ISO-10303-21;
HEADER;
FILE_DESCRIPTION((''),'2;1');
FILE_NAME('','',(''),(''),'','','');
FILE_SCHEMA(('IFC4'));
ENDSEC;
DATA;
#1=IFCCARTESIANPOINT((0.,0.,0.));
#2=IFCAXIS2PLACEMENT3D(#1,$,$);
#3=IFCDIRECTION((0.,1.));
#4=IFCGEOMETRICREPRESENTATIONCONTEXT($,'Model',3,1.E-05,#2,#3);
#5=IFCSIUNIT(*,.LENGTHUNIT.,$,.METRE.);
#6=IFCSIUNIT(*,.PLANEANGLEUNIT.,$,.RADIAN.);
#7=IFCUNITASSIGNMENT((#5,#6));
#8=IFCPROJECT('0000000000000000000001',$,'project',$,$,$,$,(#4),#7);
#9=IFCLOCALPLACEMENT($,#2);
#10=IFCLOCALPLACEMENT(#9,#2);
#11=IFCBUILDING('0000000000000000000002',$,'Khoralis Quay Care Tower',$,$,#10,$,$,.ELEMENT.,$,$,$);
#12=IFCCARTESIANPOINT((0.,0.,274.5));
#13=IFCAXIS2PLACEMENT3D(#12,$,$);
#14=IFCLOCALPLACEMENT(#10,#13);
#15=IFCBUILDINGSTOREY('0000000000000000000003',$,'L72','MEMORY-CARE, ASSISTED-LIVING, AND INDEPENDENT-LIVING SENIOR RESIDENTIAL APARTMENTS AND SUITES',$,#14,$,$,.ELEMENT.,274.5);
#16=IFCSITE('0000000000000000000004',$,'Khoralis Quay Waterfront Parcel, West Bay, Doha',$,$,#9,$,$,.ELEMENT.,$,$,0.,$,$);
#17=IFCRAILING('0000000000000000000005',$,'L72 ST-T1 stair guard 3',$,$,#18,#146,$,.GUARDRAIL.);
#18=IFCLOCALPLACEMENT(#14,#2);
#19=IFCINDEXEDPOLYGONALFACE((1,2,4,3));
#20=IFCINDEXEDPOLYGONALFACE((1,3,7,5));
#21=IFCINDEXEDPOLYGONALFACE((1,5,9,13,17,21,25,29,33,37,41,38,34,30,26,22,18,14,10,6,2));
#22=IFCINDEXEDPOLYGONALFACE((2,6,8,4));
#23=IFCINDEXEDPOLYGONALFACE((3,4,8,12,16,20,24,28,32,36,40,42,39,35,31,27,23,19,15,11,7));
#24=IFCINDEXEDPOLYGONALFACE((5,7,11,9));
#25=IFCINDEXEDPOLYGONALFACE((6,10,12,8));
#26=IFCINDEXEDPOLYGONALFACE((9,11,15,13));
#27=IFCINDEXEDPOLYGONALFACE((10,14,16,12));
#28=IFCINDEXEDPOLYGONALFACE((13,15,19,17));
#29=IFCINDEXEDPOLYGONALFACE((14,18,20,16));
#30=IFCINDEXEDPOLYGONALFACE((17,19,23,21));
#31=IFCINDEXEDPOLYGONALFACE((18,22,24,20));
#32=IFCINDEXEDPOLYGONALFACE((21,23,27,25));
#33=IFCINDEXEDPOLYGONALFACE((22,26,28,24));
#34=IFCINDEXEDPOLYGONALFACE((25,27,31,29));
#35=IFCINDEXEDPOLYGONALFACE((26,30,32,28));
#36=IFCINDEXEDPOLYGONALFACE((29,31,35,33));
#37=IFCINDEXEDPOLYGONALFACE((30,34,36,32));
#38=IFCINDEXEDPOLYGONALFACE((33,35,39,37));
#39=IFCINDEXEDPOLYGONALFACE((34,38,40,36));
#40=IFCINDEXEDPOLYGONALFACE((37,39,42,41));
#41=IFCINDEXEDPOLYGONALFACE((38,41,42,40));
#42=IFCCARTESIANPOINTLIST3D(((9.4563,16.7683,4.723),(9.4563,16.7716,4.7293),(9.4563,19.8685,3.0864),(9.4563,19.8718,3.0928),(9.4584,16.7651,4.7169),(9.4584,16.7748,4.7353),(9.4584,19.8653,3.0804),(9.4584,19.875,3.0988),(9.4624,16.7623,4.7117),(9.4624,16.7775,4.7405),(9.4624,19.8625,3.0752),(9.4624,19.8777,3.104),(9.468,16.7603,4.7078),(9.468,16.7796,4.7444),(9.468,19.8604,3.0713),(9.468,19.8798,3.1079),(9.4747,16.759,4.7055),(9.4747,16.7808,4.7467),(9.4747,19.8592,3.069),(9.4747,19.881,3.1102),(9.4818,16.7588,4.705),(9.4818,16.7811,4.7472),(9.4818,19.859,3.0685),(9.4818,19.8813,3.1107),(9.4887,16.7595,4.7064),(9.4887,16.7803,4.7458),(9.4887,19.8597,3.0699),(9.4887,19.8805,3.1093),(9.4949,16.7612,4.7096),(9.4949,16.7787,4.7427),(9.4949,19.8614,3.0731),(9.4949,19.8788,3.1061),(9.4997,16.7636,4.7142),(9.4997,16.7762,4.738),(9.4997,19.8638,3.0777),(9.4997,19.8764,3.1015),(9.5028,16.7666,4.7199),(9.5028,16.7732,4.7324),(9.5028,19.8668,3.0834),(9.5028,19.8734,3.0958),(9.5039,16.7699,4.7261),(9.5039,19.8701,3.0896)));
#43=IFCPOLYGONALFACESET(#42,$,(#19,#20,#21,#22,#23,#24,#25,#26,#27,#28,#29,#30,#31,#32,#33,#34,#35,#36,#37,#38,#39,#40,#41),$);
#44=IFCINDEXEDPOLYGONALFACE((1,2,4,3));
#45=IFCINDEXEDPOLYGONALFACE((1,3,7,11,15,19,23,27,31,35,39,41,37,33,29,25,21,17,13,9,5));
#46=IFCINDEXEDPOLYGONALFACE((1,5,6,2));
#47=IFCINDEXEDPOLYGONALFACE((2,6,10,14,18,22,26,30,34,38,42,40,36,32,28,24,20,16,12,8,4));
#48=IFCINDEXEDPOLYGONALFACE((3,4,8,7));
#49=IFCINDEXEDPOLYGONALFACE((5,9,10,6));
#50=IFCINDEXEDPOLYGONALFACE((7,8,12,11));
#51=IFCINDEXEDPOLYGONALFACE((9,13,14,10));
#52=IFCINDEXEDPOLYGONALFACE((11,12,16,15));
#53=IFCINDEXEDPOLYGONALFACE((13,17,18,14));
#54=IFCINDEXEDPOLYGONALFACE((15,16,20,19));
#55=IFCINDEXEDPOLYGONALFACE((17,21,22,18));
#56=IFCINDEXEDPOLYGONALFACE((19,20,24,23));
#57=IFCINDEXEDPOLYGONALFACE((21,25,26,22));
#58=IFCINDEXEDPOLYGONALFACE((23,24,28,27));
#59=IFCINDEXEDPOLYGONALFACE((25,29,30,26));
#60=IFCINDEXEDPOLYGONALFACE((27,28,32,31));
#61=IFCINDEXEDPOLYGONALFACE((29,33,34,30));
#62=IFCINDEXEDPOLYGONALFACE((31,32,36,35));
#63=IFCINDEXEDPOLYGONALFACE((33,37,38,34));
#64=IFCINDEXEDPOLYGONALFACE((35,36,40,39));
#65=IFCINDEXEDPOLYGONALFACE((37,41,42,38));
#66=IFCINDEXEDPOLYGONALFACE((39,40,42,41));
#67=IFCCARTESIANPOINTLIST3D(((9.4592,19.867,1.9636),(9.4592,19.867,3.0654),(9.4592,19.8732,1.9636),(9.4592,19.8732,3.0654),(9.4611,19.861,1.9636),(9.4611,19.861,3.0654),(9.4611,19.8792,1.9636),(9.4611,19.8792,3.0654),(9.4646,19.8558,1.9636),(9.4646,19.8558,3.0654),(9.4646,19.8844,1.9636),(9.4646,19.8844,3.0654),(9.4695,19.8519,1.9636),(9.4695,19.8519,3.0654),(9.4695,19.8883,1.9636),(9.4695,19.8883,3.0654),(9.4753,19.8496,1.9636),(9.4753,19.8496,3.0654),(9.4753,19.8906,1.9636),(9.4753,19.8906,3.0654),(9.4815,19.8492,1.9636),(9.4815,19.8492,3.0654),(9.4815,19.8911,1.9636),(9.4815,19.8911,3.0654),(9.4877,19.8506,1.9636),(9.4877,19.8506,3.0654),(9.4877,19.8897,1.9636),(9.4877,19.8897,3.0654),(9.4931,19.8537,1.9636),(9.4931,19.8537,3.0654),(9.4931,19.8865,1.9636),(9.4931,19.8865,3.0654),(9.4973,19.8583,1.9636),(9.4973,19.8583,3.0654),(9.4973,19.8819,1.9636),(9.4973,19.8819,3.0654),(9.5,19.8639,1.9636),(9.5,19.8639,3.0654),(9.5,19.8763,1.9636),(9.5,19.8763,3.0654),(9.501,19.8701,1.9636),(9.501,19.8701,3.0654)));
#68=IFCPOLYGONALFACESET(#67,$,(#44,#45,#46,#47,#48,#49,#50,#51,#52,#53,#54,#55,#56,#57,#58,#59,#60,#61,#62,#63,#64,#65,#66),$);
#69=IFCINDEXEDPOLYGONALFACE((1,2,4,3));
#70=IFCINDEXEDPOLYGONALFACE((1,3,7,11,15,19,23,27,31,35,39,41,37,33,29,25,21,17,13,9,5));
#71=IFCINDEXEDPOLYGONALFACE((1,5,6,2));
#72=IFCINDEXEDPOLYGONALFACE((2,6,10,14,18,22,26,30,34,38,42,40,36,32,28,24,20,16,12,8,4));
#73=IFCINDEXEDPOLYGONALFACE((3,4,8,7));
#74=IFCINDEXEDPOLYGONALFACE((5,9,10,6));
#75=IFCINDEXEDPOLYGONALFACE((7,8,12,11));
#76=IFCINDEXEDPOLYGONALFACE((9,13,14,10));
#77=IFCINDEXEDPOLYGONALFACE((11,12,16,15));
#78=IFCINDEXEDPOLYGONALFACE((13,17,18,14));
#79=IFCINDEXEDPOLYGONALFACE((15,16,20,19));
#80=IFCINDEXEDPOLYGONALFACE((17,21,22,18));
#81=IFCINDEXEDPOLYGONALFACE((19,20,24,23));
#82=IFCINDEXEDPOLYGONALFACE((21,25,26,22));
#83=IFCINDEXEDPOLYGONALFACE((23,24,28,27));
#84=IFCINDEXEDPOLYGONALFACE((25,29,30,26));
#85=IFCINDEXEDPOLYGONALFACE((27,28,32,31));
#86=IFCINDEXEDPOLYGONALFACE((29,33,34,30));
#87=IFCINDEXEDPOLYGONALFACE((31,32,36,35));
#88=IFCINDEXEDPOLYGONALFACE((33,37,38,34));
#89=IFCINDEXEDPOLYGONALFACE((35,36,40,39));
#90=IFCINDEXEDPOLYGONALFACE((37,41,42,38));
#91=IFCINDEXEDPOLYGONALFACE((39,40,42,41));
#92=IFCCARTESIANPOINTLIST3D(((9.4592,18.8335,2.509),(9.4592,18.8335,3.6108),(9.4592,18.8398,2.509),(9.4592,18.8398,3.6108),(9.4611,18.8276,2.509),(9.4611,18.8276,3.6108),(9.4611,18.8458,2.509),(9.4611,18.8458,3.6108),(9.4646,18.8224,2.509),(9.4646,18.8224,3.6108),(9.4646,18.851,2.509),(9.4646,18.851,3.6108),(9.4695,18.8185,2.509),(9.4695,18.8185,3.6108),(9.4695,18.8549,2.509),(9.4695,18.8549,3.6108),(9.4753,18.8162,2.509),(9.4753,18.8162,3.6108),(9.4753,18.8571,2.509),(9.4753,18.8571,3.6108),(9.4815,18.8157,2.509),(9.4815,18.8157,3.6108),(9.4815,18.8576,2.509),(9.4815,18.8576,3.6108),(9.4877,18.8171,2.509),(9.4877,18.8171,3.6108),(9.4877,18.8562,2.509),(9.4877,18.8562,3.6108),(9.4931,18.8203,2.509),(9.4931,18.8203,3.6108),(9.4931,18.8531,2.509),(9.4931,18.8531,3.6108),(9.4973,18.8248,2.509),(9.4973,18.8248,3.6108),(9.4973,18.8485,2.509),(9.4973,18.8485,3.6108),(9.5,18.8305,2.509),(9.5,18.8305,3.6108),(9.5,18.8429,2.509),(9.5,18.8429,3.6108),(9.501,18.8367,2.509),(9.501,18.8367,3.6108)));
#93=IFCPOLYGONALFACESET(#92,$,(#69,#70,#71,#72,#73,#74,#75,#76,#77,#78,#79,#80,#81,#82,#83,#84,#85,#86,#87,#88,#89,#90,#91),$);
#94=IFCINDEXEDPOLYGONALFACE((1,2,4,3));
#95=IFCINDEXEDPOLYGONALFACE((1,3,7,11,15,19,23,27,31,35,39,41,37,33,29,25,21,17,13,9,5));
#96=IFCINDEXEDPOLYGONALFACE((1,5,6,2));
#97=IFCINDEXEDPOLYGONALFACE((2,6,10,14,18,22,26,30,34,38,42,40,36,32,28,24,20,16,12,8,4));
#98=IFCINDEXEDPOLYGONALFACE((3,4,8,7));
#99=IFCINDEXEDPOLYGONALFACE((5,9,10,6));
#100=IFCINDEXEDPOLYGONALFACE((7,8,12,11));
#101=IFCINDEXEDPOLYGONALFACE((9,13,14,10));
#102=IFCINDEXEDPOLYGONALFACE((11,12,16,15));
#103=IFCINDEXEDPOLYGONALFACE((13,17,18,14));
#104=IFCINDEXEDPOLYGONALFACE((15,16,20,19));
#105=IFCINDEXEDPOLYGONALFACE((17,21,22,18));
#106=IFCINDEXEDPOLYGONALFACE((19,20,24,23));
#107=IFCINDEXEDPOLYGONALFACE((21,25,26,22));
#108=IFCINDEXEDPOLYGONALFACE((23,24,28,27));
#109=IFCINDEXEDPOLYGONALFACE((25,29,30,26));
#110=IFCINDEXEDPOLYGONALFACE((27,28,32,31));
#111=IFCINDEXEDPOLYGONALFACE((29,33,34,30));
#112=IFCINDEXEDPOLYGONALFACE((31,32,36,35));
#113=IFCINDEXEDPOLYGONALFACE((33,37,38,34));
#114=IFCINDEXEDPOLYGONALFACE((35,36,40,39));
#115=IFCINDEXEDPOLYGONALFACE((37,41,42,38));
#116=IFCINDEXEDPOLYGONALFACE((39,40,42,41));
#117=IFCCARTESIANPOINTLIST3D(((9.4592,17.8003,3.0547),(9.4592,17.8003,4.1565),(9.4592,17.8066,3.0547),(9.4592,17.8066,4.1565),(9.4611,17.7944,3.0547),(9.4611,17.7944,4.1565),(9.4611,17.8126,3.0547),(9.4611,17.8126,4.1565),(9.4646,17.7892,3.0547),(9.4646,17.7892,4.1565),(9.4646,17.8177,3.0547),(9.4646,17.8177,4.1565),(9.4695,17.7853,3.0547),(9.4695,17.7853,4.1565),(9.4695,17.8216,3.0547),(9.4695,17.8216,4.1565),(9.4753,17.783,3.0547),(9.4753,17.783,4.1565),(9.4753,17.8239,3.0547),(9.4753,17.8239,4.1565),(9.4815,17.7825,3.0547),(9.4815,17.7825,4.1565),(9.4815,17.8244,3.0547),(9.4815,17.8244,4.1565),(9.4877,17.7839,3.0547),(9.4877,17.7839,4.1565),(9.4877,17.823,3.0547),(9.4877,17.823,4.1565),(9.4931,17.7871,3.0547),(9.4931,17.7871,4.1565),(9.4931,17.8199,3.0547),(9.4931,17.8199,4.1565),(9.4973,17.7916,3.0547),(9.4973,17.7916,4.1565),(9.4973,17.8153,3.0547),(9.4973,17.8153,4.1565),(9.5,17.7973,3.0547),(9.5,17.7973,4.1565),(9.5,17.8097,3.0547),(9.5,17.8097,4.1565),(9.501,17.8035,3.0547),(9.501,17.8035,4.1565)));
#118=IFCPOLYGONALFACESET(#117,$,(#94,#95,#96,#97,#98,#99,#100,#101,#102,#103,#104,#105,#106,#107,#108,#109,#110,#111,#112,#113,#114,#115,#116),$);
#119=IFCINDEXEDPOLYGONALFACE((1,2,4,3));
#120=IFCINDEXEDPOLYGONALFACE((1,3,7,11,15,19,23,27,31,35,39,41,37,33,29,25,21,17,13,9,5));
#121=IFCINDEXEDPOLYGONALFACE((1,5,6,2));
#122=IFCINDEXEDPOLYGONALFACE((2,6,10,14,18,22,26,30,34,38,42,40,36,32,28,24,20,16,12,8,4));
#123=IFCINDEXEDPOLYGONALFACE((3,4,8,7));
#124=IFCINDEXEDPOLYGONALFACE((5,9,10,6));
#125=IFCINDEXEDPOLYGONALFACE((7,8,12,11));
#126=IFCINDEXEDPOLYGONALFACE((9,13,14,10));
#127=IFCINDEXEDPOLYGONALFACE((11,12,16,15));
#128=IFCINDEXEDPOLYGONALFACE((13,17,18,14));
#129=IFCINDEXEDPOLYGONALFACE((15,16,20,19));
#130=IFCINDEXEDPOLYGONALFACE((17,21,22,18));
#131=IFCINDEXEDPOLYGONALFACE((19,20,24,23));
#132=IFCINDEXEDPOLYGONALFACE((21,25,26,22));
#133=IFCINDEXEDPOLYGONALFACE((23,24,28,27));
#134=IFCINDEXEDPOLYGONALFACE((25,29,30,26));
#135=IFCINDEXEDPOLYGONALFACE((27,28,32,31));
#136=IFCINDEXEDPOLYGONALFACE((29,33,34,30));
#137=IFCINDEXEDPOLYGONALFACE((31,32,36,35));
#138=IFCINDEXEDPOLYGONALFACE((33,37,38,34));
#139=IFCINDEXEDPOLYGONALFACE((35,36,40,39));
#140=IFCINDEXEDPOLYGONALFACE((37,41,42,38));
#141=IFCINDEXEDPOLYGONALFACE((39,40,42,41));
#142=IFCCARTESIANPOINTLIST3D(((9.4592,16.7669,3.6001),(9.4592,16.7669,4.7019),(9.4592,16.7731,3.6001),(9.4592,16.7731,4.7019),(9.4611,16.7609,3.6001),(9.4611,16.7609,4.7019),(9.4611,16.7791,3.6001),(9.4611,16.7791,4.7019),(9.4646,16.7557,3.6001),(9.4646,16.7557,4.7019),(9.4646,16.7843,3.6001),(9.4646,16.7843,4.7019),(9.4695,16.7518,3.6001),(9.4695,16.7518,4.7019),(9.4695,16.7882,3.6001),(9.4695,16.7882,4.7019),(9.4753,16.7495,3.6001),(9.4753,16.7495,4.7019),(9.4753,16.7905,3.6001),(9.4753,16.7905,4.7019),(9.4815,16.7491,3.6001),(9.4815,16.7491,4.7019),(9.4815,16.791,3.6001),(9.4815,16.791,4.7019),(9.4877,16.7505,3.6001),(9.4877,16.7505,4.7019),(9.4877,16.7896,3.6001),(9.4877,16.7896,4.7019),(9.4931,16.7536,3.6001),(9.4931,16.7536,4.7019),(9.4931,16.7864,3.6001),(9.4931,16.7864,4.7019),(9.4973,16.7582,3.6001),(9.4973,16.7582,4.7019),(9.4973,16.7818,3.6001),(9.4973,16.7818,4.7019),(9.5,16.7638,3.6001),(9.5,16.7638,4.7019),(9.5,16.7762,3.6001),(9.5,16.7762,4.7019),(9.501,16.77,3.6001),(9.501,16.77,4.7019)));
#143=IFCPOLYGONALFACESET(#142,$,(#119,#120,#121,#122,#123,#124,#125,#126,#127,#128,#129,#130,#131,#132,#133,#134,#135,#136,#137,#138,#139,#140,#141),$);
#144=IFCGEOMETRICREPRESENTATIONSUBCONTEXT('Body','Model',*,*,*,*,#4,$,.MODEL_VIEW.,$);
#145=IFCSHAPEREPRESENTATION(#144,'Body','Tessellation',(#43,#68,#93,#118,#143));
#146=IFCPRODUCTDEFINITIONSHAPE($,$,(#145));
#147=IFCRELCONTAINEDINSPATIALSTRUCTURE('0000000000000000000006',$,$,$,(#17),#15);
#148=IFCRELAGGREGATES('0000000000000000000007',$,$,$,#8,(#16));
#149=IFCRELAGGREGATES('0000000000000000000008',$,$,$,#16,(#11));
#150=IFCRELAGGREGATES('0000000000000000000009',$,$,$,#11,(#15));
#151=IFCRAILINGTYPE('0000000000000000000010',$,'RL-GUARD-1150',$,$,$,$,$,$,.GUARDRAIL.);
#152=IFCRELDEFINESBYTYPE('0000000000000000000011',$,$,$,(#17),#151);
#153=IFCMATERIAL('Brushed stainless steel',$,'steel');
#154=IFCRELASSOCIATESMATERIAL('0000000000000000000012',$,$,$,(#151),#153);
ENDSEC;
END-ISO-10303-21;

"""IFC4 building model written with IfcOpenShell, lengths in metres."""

from ifc_helpers import new_model, si_unit, direction, frame, origin, origin_2d, place, context, subcontext, project, spatial, circle, extrude, material, type_object, element, save


model = new_model("IFC4")

# Units and contexts
model_context = context("Model", 3, precision=1e-05, world=origin(), true_north=direction((0.0, 1.0)))
body_context = subcontext(model_context, "Body", "Model", "MODEL_VIEW")
ifc_project = project(units=[si_unit("LENGTHUNIT", "METRE"), si_unit("PLANEANGLEUNIT", "RADIAN")], contexts=[model_context])

# Site, building, storey
site_placement = place(None, origin())
site = spatial("IfcSite", under=ifc_project, at=site_placement, Name="Khoralis Quay Waterfront Parcel, West Bay, Doha", CompositionType="ELEMENT", RefElevation=0.0)
building_placement = place(site_placement, origin())
building = spatial("IfcBuilding", under=site, at=building_placement, Name="Khoralis Quay Care Tower", CompositionType="ELEMENT")
storey_placement = place(building_placement, frame((0.0, 0.0, 274.5)))
storey = spatial("IfcBuildingStorey", under=building, at=storey_placement, Name="L72", Description="MEMORY-CARE, ASSISTED-LIVING, AND INDEPENDENT-LIVING SENIOR RESIDENTIAL APARTMENTS AND SUITES", CompositionType="ELEMENT", Elevation=274.5)

# Shared definitions
ifc_material_1 = material(Name="Brushed stainless steel", Category="steel")

# Railing
railing_type_1 = type_object("IfcRailingType", Name="RL-GUARD-1150", PredefinedType="GUARDRAIL", material=ifc_material_1)
railing_1_placement = place(storey_placement, frame((9.48, 19.8701, 1.9636)))
element("IfcRailing", 1, at=railing_1_placement, inside=storey, type_object=railing_type_1, Name="L72 ST-T1 stair guard 3", PredefinedType="GUARDRAIL", context=body_context, shape_type="SweptSolid", body=[
    extrude(circle(Radius=0.0239, at=origin_2d()), frame((0.0, 0.0, 1.126), z_axis=(0.0, -0.884348, 0.466828), x_axis=(1.0, 0.0, 0.0)), (0.0, 0.0, 1.0), 3.5056),
    extrude(circle(Radius=0.021, at=origin_2d()), origin(), (0.0, 0.0, 1.0), 1.1018),
    extrude(circle(Radius=0.021, at=origin_2d()), frame((0.0, -1.0334, 0.5454)), (0.0, 0.0, 1.0), 1.1018),
    extrude(circle(Radius=0.021, at=origin_2d()), frame((0.0, -2.0667, 1.0911)), (0.0, 0.0, 1.0), 1.1018),
    extrude(circle(Radius=0.021, at=origin_2d()), frame((0.0, -3.1001, 1.6365)), (0.0, 0.0, 1.0), 1.1018),
])

save(model, "model.ifc")
